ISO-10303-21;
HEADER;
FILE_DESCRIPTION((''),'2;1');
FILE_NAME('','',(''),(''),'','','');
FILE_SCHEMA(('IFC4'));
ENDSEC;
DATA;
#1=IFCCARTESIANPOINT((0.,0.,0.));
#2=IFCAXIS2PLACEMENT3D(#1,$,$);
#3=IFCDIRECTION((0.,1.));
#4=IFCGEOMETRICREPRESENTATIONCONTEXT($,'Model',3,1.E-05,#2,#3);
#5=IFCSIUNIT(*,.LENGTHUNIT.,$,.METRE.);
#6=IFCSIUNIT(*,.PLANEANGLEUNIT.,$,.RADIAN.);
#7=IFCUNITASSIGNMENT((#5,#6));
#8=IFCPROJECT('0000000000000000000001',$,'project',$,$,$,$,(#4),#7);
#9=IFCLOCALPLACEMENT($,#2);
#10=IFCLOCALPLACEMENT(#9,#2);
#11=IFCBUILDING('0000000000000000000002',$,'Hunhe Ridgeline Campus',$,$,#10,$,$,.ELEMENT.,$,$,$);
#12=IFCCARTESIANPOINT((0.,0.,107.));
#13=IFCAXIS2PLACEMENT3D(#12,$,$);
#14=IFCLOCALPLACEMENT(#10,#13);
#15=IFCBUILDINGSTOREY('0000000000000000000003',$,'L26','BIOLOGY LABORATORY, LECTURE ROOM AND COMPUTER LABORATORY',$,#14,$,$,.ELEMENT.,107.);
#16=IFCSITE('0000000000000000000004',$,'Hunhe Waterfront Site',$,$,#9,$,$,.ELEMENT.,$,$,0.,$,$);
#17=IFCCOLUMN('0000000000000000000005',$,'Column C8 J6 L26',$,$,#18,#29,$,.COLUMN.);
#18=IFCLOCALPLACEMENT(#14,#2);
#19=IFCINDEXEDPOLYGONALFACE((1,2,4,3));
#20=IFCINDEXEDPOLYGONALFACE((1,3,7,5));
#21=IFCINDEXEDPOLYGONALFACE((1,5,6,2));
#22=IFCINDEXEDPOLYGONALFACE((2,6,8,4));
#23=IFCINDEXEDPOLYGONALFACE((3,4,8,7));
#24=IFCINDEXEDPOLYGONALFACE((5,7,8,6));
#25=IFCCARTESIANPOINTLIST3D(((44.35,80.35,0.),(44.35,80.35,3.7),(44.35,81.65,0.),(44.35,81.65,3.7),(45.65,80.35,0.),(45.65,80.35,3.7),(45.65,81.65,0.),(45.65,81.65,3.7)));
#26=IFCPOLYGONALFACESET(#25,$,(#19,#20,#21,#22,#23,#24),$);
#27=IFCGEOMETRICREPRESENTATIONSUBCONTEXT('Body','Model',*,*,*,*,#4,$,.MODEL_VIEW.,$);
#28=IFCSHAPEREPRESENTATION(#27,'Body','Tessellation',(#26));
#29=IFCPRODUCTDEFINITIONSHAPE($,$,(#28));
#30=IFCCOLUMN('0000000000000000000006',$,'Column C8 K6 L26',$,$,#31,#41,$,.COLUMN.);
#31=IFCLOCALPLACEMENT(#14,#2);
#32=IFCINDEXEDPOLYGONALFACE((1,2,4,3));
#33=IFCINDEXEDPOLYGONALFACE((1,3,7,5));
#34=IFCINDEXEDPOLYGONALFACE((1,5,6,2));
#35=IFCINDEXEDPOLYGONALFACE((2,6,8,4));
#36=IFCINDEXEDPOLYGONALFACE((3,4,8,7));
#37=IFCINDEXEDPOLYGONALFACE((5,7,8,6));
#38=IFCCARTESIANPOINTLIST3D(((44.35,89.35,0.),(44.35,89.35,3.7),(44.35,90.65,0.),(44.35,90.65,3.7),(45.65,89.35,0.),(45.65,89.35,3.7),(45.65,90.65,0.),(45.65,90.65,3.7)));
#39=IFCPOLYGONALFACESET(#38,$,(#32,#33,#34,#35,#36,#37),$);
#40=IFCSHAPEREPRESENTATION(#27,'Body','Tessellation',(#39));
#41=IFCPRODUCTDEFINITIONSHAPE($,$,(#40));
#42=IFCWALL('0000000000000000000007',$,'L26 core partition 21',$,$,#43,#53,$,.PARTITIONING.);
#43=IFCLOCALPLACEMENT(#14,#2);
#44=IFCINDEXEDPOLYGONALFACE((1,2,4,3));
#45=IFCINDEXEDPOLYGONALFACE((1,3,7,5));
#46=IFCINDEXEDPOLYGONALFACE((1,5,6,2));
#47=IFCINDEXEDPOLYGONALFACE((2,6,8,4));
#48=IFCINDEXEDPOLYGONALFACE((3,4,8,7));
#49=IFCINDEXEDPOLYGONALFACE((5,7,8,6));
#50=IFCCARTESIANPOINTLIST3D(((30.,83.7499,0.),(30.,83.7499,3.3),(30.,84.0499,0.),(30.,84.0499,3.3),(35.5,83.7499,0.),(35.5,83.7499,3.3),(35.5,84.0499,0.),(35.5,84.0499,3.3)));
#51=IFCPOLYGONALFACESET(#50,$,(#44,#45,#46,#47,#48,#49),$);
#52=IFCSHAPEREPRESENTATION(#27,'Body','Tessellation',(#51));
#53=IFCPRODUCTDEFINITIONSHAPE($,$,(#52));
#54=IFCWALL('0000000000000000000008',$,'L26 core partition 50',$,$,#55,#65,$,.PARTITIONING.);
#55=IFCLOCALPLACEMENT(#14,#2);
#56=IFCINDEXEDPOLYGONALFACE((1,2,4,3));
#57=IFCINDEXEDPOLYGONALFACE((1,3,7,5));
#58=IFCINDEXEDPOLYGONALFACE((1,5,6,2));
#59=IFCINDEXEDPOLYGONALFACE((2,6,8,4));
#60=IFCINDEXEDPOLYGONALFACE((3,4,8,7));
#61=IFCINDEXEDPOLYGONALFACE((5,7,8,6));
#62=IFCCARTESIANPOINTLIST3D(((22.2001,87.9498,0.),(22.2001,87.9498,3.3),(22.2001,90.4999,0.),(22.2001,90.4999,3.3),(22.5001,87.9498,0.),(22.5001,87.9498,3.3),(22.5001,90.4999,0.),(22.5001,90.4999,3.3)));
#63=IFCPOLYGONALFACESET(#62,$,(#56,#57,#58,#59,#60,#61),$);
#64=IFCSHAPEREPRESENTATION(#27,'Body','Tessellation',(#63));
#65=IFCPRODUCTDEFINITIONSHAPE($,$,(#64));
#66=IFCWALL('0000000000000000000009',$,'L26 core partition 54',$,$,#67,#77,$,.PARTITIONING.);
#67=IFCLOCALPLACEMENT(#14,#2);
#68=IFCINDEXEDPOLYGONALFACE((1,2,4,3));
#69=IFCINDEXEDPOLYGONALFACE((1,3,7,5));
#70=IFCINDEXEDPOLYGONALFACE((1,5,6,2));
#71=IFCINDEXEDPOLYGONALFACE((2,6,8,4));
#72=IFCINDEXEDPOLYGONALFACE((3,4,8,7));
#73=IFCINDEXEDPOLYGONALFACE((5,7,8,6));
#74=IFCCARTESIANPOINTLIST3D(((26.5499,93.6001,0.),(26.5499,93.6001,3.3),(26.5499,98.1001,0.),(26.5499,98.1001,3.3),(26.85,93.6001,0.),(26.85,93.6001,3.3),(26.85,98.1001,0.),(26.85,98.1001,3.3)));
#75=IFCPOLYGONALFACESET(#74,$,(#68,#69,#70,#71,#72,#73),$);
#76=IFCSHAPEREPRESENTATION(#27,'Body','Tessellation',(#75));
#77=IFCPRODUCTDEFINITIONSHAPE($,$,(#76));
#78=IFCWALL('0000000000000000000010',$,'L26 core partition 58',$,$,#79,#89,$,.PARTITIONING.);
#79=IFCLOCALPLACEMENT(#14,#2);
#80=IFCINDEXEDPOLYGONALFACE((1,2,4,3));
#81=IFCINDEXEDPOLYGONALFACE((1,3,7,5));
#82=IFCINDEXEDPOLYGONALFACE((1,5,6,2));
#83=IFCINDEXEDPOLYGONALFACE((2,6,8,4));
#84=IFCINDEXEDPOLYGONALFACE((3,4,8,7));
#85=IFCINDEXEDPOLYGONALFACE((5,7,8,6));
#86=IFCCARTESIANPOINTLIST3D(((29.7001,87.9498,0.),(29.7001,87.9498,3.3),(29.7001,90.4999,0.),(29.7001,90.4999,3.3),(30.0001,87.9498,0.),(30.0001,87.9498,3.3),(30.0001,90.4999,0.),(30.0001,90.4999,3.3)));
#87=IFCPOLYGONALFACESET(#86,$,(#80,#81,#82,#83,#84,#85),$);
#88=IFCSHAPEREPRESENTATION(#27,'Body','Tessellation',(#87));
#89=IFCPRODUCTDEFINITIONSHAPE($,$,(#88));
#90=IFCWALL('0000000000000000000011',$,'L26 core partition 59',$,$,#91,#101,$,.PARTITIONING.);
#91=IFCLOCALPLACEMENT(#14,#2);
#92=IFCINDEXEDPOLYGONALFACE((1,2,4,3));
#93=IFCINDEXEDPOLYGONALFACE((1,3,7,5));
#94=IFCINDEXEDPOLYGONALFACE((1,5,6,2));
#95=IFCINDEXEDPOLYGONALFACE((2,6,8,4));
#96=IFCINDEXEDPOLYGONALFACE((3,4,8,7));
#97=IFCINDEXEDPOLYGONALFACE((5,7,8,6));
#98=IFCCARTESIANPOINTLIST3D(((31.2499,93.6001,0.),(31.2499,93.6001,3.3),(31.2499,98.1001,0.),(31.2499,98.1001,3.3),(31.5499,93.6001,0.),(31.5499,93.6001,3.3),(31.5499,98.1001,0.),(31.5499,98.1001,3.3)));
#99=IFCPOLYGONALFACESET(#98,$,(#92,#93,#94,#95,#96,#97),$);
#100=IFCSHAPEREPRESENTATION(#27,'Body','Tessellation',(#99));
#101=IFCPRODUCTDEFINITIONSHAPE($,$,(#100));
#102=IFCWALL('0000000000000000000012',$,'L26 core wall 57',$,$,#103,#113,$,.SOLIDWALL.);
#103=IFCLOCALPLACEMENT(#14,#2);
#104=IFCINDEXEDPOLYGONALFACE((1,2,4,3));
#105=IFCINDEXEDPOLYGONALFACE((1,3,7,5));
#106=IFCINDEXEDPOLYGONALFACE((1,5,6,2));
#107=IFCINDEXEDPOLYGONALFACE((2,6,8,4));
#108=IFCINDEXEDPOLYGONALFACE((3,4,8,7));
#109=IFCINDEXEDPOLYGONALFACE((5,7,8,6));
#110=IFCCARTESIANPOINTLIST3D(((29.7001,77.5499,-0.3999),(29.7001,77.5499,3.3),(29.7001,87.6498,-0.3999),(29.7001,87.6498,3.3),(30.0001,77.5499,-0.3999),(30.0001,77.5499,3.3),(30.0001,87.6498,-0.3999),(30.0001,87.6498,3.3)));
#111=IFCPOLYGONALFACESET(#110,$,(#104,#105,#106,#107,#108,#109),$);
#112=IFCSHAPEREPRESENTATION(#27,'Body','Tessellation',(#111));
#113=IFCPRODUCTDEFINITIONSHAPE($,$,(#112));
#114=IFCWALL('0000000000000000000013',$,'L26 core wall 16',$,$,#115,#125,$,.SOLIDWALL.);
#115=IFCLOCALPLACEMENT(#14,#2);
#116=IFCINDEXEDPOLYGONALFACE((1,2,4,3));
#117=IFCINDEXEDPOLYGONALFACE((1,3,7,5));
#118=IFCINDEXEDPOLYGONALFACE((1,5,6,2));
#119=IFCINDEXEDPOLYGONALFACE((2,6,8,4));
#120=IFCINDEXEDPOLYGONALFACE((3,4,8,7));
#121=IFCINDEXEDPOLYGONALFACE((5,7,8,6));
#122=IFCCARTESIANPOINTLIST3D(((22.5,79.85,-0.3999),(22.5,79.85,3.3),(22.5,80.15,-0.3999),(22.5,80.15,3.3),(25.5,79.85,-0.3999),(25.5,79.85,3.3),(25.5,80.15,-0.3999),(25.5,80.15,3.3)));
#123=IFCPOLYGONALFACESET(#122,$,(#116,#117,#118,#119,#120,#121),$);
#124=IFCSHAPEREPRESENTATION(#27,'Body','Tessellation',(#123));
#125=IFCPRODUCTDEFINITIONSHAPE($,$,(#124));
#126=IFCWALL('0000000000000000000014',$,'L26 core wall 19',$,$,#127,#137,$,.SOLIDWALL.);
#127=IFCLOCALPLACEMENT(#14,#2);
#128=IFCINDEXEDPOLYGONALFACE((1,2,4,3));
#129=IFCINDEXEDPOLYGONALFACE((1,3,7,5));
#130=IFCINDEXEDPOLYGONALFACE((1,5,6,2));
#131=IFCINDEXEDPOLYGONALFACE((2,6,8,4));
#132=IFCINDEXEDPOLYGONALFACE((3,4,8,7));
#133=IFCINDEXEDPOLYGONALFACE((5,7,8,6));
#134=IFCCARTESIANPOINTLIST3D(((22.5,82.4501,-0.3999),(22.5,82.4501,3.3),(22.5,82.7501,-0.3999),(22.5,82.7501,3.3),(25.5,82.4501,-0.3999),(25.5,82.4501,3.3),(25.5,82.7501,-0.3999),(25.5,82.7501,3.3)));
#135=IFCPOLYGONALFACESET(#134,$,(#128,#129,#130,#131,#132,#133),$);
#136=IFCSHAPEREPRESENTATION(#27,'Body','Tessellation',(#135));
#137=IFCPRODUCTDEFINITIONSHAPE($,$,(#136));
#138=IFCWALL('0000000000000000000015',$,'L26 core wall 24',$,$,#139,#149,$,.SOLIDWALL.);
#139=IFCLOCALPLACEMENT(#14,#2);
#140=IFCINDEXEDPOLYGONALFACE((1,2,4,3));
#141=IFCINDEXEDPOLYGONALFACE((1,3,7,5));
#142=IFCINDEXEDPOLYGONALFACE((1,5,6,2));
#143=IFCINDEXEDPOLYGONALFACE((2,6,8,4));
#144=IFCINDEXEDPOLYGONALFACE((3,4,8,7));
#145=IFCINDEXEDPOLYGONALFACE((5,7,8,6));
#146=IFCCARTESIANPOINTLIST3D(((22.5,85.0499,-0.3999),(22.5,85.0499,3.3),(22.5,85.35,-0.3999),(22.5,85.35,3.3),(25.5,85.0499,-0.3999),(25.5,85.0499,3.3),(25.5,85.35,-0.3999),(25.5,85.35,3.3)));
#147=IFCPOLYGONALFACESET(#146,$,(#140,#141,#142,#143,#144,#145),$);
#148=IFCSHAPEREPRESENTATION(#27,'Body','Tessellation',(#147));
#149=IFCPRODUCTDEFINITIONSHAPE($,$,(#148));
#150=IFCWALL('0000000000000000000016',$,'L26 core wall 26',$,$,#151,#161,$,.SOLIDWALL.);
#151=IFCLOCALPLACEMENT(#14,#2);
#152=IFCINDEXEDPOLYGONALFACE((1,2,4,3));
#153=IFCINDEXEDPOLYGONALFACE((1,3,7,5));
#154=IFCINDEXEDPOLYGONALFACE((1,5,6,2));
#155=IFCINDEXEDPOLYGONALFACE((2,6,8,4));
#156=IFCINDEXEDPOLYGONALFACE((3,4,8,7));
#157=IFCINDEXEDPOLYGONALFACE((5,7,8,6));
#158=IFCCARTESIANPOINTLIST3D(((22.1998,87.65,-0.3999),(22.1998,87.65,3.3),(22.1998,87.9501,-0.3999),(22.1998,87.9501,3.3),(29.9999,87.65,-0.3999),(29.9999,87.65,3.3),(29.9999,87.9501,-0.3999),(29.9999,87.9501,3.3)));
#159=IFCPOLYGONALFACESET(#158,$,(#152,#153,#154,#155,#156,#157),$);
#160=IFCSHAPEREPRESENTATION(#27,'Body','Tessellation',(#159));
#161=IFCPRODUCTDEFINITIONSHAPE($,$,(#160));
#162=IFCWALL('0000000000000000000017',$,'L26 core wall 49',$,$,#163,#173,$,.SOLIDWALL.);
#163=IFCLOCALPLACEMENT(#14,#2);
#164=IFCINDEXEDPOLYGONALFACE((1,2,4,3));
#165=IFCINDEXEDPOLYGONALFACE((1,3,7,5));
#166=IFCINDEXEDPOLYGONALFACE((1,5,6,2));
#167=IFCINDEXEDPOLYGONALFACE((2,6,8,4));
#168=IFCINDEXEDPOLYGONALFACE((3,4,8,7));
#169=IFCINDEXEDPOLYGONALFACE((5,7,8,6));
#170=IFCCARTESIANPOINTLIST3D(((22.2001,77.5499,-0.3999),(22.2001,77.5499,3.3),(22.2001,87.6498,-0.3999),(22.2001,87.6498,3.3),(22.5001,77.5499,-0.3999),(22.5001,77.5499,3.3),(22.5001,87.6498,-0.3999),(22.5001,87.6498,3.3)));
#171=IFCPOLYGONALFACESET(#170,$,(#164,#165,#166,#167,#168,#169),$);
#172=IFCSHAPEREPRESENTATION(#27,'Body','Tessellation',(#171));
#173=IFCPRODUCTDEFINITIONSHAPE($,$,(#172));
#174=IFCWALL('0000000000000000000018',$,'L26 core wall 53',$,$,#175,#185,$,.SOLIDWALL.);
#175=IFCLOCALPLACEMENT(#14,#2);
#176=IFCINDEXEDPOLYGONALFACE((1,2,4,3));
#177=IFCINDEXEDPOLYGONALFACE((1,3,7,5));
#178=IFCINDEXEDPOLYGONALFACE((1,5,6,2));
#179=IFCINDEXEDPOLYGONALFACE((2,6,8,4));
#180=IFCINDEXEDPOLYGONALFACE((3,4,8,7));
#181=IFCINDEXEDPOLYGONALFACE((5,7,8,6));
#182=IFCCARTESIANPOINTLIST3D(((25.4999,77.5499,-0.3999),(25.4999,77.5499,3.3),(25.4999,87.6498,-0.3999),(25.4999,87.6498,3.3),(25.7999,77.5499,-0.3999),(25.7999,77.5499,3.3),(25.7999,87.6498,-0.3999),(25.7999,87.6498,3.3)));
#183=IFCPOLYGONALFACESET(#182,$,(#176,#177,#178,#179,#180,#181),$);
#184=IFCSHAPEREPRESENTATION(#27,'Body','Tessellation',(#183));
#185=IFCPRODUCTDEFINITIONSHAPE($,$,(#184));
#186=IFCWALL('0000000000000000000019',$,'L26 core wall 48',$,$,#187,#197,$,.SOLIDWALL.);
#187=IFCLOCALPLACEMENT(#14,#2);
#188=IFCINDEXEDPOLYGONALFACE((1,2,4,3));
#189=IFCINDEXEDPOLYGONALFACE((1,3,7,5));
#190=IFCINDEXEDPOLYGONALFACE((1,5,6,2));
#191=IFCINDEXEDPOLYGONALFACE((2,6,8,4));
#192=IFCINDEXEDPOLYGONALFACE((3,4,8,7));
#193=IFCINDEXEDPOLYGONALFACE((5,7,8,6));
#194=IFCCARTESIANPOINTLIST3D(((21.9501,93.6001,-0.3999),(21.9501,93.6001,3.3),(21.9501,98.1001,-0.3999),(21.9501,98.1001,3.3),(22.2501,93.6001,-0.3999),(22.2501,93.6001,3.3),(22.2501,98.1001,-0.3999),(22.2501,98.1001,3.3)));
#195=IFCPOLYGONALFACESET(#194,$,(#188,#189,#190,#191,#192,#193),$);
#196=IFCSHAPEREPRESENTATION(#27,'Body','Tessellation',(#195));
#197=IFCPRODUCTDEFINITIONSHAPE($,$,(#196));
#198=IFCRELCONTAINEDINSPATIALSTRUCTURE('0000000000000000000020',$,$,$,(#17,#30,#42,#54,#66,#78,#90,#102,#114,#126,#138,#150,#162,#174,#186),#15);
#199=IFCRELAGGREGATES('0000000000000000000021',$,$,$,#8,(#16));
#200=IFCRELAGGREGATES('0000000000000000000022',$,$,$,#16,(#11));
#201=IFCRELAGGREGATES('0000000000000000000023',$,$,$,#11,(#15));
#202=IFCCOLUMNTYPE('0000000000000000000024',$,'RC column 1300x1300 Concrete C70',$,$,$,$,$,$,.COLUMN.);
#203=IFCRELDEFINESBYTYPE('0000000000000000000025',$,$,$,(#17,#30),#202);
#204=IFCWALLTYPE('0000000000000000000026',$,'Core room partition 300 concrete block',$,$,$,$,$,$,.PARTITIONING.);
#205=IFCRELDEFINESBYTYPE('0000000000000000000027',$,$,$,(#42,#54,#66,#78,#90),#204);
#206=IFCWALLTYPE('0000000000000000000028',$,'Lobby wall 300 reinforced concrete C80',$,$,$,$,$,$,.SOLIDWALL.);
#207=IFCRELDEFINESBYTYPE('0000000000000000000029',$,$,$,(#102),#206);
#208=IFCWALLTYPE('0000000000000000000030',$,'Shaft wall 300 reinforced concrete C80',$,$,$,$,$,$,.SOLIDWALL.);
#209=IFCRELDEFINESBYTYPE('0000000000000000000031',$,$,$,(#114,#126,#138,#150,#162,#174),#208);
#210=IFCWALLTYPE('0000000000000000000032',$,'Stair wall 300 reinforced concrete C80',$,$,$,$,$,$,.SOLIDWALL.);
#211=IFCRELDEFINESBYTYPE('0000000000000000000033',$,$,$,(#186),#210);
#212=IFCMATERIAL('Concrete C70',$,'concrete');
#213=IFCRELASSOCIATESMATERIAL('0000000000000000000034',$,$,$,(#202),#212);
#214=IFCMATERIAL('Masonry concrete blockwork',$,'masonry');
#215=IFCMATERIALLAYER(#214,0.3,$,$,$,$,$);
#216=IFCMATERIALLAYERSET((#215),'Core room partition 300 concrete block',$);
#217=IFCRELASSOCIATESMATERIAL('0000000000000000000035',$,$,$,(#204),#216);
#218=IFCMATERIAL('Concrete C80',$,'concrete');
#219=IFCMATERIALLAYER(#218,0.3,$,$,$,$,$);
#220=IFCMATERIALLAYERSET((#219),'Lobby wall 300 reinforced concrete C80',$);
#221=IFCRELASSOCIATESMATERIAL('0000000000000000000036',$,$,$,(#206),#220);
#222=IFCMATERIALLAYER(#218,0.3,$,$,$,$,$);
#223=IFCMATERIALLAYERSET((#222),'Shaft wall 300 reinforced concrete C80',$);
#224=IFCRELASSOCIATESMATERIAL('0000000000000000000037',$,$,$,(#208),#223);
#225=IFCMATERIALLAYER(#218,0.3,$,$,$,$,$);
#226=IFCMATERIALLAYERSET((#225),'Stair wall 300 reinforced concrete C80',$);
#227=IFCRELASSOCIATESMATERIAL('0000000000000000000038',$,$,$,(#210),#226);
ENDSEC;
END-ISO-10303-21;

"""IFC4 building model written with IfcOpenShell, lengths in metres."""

from ifc_helpers import new_model, si_unit, direction, frame, frame_2d, origin, origin_2d, place, context, subcontext, project, spatial, rectangle, extrude, material, layer, layer_set, material_profile, profile_set, type_object, element, save


model = new_model("IFC4")

# Units and contexts
model_context = context("Model", 3, precision=1e-05, world=origin(), true_north=direction((0.0, 1.0)))
body_context = subcontext(model_context, "Body", "Model", "MODEL_VIEW")
ifc_project = project(units=[si_unit("LENGTHUNIT", "METRE"), si_unit("PLANEANGLEUNIT", "RADIAN")], contexts=[model_context])

# Site, building, storey
site_placement = place(None, origin())
site = spatial("IfcSite", under=ifc_project, at=site_placement, Name="Hunhe Waterfront Site", CompositionType="ELEMENT", RefElevation=0.0)
building_placement = place(site_placement, origin())
building = spatial("IfcBuilding", under=site, at=building_placement, Name="Hunhe Ridgeline Campus", CompositionType="ELEMENT")
storey_placement = place(building_placement, frame((0.0, 0.0, 107.0)))
storey = spatial("IfcBuildingStorey", under=building, at=storey_placement, Name="L26", Description="BIOLOGY LABORATORY, LECTURE ROOM AND COMPUTER LABORATORY", CompositionType="ELEMENT", Elevation=107.0)

# Columns
ifc_material_1 = material(Name="Concrete C70", Category="concrete")
ifc_material_profile = material_profile(ifc_material_1, rectangle(XDim=1.3, YDim=1.3, at=origin_2d()))
ifc_profile_set = profile_set([ifc_material_profile], Name="Concrete C70")
column_type = type_object("IfcColumnType", Name="RC column 1300x1300 Concrete C70", PredefinedType="COLUMN", material=ifc_profile_set)
for number, where, z_axis, x_axis, name in (
    (1, (45.0, 81.0, 0.0), (0.0, 0.0, 1.0), (1.0, 0.0, 0.0), "Column C8 J6 L26"),
    (2, (45.0, 90.0, 0.0), (0.0, 0.0, 1.0), (1.0, 0.0, 0.0), "Column C8 K6 L26"),
):
    element("IfcColumn", number, at=place(storey_placement, frame(where, z_axis=z_axis, x_axis=x_axis)), inside=storey, type_object=column_type, Name=name, PredefinedType="COLUMN", context=body_context, shape_type="SweptSolid", body=[
        extrude(rectangle(XDim=1.3, YDim=1.3, at=origin_2d()), origin(), (0.0, 0.0, 1.0), 3.7),
    ])

# Walls
ifc_material_2 = material(Name="Masonry concrete blockwork", Category="masonry")
ifc_layer_1 = layer(ifc_material_2, 0.3)
ifc_layer_set_1 = layer_set([ifc_layer_1], Name="Core room partition 300 concrete block")
wall_type_1 = type_object("IfcWallType", Name="Core room partition 300 concrete block", PredefinedType="PARTITIONING", material=ifc_layer_set_1)
wall_1_placement = place(storey_placement, frame((30.0, 83.8999, 0.0), z_axis=(0.0, 0.0, 1.0), x_axis=(1.0, 0.0, 0.0)))
element("IfcWall", 3, at=wall_1_placement, inside=storey, type_object=wall_type_1, Name="L26 core partition 21", PredefinedType="PARTITIONING", context=body_context, shape_type="SweptSolid", body=[
    extrude(rectangle(XDim=5.5, YDim=0.3, at=frame_2d((2.75, 0.0))), origin(), (0.0, 0.0, 1.0), 3.3),
])
wall_2_placement = place(storey_placement, frame((22.3501, 87.95, 0.0), z_axis=(0.0, 0.0, 1.0), x_axis=(0.0, 1.0, 0.0)))
element("IfcWall", 4, at=wall_2_placement, inside=storey, type_object=wall_type_1, Name="L26 core partition 50", PredefinedType="PARTITIONING", context=body_context, shape_type="SweptSolid", body=[
    extrude(rectangle(XDim=2.55, YDim=0.3, at=frame_2d((1.2749, 0.0))), origin(), (0.0, 0.0, 1.0), 3.3),
])
wall_3_placement = place(storey_placement, frame((26.7, 93.6001, 0.0), z_axis=(0.0, 0.0, 1.0), x_axis=(0.0, 1.0, 0.0)))
element("IfcWall", 5, at=wall_3_placement, inside=storey, type_object=wall_type_1, Name="L26 core partition 54", PredefinedType="PARTITIONING", context=body_context, shape_type="SweptSolid", body=[
    extrude(rectangle(XDim=4.5, YDim=0.3, at=frame_2d((2.25, 0.0))), origin(), (0.0, 0.0, 1.0), 3.3),
])
wall_4_placement = place(storey_placement, frame((29.8501, 87.95, 0.0), z_axis=(0.0, 0.0, 1.0), x_axis=(0.0, 1.0, 0.0)))
element("IfcWall", 6, at=wall_4_placement, inside=storey, type_object=wall_type_1, Name="L26 core partition 58", PredefinedType="PARTITIONING", context=body_context, shape_type="SweptSolid", body=[
    extrude(rectangle(XDim=2.55, YDim=0.3, at=frame_2d((1.2749, 0.0))), origin(), (0.0, 0.0, 1.0), 3.3),
])
wall_5_placement = place(storey_placement, frame((31.3999, 93.6001, 0.0), z_axis=(0.0, 0.0, 1.0), x_axis=(0.0, 1.0, 0.0)))
element("IfcWall", 7, at=wall_5_placement, inside=storey, type_object=wall_type_1, Name="L26 core partition 59", PredefinedType="PARTITIONING", context=body_context, shape_type="SweptSolid", body=[
    extrude(rectangle(XDim=4.5, YDim=0.3, at=frame_2d((2.25, 0.0))), origin(), (0.0, 0.0, 1.0), 3.3),
])

# Walls
ifc_material_3 = material(Name="Concrete C80", Category="concrete")
ifc_layer_2 = layer(ifc_material_3, 0.3)
ifc_layer_set_2 = layer_set([ifc_layer_2], Name="Lobby wall 300 reinforced concrete C80")
wall_type_2 = type_object("IfcWallType", Name="Lobby wall 300 reinforced concrete C80", PredefinedType="SOLIDWALL", material=ifc_layer_set_2)
wall_6_placement = place(storey_placement, frame((29.8501, 77.55, -0.3999), z_axis=(0.0, 0.0, 1.0), x_axis=(0.0, 1.0, 0.0)))
element("IfcWall", 8, at=wall_6_placement, inside=storey, type_object=wall_type_2, Name="L26 core wall 57", PredefinedType="SOLIDWALL", context=body_context, shape_type="SweptSolid", body=[
    extrude(rectangle(XDim=10.0999, YDim=0.3, at=frame_2d((5.0498, 0.0))), origin(), (0.0, 0.0, 1.0), 3.7),
])
ifc_layer_3 = layer(ifc_material_3, 0.3)
ifc_layer_set_3 = layer_set([ifc_layer_3], Name="Shaft wall 300 reinforced concrete C80")
wall_type_3 = type_object("IfcWallType", Name="Shaft wall 300 reinforced concrete C80", PredefinedType="SOLIDWALL", material=ifc_layer_set_3)
for number, where, z_axis, x_axis, name in (
    (9, (22.5, 80.0, -0.3999), (0.0, 0.0, 1.0), (1.0, 0.0, 0.0), "L26 core wall 16"),
    (10, (22.5, 82.6001, -0.3999), (0.0, 0.0, 1.0), (1.0, 0.0, 0.0), "L26 core wall 19"),
    (11, (22.5, 85.2, -0.3999), (0.0, 0.0, 1.0), (1.0, 0.0, 0.0), "L26 core wall 24"),
):
    element("IfcWall", number, at=place(storey_placement, frame(where, z_axis=z_axis, x_axis=x_axis)), inside=storey, type_object=wall_type_3, Name=name, PredefinedType="SOLIDWALL", context=body_context, shape_type="SweptSolid", body=[
        extrude(rectangle(XDim=3.0, YDim=0.3, at=frame_2d((1.5, 0.0))), origin(), (0.0, 0.0, 1.0), 3.7),
    ])
wall_7_placement = place(storey_placement, frame((22.2, 87.8, -0.3999), z_axis=(0.0, 0.0, 1.0), x_axis=(1.0, 0.0, 0.0)))
element("IfcWall", 12, at=wall_7_placement, inside=storey, type_object=wall_type_3, Name="L26 core wall 26", PredefinedType="SOLIDWALL", context=body_context, shape_type="SweptSolid", body=[
    extrude(rectangle(XDim=7.8, YDim=0.3, at=frame_2d((3.8999, 0.0))), origin(), (0.0, 0.0, 1.0), 3.7),
])
for number, where, z_axis, x_axis, name in (
    (13, (22.3501, 77.55, -0.3999), (0.0, 0.0, 1.0), (0.0, 1.0, 0.0), "L26 core wall 49"),
    (14, (25.6499, 77.55, -0.3999), (0.0, 0.0, 1.0), (0.0, 1.0, 0.0), "L26 core wall 53"),
):
    element("IfcWall", number, at=place(storey_placement, frame(where, z_axis=z_axis, x_axis=x_axis)), inside=storey, type_object=wall_type_3, Name=name, PredefinedType="SOLIDWALL", context=body_context, shape_type="SweptSolid", body=[
        extrude(rectangle(XDim=10.0999, YDim=0.3, at=frame_2d((5.0498, 0.0))), origin(), (0.0, 0.0, 1.0), 3.7),
    ])

# Shared definitions
ifc_layer_4 = layer(ifc_material_3, 0.3)
ifc_layer_set_4 = layer_set([ifc_layer_4], Name="Stair wall 300 reinforced concrete C80")
wall_type_4 = type_object("IfcWallType", Name="Stair wall 300 reinforced concrete C80", PredefinedType="SOLIDWALL", material=ifc_layer_set_4)

# Wall
wall_8_placement = place(storey_placement, frame((22.1001, 93.6001, -0.3999), z_axis=(0.0, 0.0, 1.0), x_axis=(0.0, 1.0, 0.0)))
element("IfcWall", 15, at=wall_8_placement, inside=storey, type_object=wall_type_4, Name="L26 core wall 48", PredefinedType="SOLIDWALL", context=body_context, shape_type="SweptSolid", body=[
    extrude(rectangle(XDim=4.5, YDim=0.3, at=frame_2d((2.25, 0.0))), origin(), (0.0, 0.0, 1.0), 3.7),
])

save(model, "model.ifc")
